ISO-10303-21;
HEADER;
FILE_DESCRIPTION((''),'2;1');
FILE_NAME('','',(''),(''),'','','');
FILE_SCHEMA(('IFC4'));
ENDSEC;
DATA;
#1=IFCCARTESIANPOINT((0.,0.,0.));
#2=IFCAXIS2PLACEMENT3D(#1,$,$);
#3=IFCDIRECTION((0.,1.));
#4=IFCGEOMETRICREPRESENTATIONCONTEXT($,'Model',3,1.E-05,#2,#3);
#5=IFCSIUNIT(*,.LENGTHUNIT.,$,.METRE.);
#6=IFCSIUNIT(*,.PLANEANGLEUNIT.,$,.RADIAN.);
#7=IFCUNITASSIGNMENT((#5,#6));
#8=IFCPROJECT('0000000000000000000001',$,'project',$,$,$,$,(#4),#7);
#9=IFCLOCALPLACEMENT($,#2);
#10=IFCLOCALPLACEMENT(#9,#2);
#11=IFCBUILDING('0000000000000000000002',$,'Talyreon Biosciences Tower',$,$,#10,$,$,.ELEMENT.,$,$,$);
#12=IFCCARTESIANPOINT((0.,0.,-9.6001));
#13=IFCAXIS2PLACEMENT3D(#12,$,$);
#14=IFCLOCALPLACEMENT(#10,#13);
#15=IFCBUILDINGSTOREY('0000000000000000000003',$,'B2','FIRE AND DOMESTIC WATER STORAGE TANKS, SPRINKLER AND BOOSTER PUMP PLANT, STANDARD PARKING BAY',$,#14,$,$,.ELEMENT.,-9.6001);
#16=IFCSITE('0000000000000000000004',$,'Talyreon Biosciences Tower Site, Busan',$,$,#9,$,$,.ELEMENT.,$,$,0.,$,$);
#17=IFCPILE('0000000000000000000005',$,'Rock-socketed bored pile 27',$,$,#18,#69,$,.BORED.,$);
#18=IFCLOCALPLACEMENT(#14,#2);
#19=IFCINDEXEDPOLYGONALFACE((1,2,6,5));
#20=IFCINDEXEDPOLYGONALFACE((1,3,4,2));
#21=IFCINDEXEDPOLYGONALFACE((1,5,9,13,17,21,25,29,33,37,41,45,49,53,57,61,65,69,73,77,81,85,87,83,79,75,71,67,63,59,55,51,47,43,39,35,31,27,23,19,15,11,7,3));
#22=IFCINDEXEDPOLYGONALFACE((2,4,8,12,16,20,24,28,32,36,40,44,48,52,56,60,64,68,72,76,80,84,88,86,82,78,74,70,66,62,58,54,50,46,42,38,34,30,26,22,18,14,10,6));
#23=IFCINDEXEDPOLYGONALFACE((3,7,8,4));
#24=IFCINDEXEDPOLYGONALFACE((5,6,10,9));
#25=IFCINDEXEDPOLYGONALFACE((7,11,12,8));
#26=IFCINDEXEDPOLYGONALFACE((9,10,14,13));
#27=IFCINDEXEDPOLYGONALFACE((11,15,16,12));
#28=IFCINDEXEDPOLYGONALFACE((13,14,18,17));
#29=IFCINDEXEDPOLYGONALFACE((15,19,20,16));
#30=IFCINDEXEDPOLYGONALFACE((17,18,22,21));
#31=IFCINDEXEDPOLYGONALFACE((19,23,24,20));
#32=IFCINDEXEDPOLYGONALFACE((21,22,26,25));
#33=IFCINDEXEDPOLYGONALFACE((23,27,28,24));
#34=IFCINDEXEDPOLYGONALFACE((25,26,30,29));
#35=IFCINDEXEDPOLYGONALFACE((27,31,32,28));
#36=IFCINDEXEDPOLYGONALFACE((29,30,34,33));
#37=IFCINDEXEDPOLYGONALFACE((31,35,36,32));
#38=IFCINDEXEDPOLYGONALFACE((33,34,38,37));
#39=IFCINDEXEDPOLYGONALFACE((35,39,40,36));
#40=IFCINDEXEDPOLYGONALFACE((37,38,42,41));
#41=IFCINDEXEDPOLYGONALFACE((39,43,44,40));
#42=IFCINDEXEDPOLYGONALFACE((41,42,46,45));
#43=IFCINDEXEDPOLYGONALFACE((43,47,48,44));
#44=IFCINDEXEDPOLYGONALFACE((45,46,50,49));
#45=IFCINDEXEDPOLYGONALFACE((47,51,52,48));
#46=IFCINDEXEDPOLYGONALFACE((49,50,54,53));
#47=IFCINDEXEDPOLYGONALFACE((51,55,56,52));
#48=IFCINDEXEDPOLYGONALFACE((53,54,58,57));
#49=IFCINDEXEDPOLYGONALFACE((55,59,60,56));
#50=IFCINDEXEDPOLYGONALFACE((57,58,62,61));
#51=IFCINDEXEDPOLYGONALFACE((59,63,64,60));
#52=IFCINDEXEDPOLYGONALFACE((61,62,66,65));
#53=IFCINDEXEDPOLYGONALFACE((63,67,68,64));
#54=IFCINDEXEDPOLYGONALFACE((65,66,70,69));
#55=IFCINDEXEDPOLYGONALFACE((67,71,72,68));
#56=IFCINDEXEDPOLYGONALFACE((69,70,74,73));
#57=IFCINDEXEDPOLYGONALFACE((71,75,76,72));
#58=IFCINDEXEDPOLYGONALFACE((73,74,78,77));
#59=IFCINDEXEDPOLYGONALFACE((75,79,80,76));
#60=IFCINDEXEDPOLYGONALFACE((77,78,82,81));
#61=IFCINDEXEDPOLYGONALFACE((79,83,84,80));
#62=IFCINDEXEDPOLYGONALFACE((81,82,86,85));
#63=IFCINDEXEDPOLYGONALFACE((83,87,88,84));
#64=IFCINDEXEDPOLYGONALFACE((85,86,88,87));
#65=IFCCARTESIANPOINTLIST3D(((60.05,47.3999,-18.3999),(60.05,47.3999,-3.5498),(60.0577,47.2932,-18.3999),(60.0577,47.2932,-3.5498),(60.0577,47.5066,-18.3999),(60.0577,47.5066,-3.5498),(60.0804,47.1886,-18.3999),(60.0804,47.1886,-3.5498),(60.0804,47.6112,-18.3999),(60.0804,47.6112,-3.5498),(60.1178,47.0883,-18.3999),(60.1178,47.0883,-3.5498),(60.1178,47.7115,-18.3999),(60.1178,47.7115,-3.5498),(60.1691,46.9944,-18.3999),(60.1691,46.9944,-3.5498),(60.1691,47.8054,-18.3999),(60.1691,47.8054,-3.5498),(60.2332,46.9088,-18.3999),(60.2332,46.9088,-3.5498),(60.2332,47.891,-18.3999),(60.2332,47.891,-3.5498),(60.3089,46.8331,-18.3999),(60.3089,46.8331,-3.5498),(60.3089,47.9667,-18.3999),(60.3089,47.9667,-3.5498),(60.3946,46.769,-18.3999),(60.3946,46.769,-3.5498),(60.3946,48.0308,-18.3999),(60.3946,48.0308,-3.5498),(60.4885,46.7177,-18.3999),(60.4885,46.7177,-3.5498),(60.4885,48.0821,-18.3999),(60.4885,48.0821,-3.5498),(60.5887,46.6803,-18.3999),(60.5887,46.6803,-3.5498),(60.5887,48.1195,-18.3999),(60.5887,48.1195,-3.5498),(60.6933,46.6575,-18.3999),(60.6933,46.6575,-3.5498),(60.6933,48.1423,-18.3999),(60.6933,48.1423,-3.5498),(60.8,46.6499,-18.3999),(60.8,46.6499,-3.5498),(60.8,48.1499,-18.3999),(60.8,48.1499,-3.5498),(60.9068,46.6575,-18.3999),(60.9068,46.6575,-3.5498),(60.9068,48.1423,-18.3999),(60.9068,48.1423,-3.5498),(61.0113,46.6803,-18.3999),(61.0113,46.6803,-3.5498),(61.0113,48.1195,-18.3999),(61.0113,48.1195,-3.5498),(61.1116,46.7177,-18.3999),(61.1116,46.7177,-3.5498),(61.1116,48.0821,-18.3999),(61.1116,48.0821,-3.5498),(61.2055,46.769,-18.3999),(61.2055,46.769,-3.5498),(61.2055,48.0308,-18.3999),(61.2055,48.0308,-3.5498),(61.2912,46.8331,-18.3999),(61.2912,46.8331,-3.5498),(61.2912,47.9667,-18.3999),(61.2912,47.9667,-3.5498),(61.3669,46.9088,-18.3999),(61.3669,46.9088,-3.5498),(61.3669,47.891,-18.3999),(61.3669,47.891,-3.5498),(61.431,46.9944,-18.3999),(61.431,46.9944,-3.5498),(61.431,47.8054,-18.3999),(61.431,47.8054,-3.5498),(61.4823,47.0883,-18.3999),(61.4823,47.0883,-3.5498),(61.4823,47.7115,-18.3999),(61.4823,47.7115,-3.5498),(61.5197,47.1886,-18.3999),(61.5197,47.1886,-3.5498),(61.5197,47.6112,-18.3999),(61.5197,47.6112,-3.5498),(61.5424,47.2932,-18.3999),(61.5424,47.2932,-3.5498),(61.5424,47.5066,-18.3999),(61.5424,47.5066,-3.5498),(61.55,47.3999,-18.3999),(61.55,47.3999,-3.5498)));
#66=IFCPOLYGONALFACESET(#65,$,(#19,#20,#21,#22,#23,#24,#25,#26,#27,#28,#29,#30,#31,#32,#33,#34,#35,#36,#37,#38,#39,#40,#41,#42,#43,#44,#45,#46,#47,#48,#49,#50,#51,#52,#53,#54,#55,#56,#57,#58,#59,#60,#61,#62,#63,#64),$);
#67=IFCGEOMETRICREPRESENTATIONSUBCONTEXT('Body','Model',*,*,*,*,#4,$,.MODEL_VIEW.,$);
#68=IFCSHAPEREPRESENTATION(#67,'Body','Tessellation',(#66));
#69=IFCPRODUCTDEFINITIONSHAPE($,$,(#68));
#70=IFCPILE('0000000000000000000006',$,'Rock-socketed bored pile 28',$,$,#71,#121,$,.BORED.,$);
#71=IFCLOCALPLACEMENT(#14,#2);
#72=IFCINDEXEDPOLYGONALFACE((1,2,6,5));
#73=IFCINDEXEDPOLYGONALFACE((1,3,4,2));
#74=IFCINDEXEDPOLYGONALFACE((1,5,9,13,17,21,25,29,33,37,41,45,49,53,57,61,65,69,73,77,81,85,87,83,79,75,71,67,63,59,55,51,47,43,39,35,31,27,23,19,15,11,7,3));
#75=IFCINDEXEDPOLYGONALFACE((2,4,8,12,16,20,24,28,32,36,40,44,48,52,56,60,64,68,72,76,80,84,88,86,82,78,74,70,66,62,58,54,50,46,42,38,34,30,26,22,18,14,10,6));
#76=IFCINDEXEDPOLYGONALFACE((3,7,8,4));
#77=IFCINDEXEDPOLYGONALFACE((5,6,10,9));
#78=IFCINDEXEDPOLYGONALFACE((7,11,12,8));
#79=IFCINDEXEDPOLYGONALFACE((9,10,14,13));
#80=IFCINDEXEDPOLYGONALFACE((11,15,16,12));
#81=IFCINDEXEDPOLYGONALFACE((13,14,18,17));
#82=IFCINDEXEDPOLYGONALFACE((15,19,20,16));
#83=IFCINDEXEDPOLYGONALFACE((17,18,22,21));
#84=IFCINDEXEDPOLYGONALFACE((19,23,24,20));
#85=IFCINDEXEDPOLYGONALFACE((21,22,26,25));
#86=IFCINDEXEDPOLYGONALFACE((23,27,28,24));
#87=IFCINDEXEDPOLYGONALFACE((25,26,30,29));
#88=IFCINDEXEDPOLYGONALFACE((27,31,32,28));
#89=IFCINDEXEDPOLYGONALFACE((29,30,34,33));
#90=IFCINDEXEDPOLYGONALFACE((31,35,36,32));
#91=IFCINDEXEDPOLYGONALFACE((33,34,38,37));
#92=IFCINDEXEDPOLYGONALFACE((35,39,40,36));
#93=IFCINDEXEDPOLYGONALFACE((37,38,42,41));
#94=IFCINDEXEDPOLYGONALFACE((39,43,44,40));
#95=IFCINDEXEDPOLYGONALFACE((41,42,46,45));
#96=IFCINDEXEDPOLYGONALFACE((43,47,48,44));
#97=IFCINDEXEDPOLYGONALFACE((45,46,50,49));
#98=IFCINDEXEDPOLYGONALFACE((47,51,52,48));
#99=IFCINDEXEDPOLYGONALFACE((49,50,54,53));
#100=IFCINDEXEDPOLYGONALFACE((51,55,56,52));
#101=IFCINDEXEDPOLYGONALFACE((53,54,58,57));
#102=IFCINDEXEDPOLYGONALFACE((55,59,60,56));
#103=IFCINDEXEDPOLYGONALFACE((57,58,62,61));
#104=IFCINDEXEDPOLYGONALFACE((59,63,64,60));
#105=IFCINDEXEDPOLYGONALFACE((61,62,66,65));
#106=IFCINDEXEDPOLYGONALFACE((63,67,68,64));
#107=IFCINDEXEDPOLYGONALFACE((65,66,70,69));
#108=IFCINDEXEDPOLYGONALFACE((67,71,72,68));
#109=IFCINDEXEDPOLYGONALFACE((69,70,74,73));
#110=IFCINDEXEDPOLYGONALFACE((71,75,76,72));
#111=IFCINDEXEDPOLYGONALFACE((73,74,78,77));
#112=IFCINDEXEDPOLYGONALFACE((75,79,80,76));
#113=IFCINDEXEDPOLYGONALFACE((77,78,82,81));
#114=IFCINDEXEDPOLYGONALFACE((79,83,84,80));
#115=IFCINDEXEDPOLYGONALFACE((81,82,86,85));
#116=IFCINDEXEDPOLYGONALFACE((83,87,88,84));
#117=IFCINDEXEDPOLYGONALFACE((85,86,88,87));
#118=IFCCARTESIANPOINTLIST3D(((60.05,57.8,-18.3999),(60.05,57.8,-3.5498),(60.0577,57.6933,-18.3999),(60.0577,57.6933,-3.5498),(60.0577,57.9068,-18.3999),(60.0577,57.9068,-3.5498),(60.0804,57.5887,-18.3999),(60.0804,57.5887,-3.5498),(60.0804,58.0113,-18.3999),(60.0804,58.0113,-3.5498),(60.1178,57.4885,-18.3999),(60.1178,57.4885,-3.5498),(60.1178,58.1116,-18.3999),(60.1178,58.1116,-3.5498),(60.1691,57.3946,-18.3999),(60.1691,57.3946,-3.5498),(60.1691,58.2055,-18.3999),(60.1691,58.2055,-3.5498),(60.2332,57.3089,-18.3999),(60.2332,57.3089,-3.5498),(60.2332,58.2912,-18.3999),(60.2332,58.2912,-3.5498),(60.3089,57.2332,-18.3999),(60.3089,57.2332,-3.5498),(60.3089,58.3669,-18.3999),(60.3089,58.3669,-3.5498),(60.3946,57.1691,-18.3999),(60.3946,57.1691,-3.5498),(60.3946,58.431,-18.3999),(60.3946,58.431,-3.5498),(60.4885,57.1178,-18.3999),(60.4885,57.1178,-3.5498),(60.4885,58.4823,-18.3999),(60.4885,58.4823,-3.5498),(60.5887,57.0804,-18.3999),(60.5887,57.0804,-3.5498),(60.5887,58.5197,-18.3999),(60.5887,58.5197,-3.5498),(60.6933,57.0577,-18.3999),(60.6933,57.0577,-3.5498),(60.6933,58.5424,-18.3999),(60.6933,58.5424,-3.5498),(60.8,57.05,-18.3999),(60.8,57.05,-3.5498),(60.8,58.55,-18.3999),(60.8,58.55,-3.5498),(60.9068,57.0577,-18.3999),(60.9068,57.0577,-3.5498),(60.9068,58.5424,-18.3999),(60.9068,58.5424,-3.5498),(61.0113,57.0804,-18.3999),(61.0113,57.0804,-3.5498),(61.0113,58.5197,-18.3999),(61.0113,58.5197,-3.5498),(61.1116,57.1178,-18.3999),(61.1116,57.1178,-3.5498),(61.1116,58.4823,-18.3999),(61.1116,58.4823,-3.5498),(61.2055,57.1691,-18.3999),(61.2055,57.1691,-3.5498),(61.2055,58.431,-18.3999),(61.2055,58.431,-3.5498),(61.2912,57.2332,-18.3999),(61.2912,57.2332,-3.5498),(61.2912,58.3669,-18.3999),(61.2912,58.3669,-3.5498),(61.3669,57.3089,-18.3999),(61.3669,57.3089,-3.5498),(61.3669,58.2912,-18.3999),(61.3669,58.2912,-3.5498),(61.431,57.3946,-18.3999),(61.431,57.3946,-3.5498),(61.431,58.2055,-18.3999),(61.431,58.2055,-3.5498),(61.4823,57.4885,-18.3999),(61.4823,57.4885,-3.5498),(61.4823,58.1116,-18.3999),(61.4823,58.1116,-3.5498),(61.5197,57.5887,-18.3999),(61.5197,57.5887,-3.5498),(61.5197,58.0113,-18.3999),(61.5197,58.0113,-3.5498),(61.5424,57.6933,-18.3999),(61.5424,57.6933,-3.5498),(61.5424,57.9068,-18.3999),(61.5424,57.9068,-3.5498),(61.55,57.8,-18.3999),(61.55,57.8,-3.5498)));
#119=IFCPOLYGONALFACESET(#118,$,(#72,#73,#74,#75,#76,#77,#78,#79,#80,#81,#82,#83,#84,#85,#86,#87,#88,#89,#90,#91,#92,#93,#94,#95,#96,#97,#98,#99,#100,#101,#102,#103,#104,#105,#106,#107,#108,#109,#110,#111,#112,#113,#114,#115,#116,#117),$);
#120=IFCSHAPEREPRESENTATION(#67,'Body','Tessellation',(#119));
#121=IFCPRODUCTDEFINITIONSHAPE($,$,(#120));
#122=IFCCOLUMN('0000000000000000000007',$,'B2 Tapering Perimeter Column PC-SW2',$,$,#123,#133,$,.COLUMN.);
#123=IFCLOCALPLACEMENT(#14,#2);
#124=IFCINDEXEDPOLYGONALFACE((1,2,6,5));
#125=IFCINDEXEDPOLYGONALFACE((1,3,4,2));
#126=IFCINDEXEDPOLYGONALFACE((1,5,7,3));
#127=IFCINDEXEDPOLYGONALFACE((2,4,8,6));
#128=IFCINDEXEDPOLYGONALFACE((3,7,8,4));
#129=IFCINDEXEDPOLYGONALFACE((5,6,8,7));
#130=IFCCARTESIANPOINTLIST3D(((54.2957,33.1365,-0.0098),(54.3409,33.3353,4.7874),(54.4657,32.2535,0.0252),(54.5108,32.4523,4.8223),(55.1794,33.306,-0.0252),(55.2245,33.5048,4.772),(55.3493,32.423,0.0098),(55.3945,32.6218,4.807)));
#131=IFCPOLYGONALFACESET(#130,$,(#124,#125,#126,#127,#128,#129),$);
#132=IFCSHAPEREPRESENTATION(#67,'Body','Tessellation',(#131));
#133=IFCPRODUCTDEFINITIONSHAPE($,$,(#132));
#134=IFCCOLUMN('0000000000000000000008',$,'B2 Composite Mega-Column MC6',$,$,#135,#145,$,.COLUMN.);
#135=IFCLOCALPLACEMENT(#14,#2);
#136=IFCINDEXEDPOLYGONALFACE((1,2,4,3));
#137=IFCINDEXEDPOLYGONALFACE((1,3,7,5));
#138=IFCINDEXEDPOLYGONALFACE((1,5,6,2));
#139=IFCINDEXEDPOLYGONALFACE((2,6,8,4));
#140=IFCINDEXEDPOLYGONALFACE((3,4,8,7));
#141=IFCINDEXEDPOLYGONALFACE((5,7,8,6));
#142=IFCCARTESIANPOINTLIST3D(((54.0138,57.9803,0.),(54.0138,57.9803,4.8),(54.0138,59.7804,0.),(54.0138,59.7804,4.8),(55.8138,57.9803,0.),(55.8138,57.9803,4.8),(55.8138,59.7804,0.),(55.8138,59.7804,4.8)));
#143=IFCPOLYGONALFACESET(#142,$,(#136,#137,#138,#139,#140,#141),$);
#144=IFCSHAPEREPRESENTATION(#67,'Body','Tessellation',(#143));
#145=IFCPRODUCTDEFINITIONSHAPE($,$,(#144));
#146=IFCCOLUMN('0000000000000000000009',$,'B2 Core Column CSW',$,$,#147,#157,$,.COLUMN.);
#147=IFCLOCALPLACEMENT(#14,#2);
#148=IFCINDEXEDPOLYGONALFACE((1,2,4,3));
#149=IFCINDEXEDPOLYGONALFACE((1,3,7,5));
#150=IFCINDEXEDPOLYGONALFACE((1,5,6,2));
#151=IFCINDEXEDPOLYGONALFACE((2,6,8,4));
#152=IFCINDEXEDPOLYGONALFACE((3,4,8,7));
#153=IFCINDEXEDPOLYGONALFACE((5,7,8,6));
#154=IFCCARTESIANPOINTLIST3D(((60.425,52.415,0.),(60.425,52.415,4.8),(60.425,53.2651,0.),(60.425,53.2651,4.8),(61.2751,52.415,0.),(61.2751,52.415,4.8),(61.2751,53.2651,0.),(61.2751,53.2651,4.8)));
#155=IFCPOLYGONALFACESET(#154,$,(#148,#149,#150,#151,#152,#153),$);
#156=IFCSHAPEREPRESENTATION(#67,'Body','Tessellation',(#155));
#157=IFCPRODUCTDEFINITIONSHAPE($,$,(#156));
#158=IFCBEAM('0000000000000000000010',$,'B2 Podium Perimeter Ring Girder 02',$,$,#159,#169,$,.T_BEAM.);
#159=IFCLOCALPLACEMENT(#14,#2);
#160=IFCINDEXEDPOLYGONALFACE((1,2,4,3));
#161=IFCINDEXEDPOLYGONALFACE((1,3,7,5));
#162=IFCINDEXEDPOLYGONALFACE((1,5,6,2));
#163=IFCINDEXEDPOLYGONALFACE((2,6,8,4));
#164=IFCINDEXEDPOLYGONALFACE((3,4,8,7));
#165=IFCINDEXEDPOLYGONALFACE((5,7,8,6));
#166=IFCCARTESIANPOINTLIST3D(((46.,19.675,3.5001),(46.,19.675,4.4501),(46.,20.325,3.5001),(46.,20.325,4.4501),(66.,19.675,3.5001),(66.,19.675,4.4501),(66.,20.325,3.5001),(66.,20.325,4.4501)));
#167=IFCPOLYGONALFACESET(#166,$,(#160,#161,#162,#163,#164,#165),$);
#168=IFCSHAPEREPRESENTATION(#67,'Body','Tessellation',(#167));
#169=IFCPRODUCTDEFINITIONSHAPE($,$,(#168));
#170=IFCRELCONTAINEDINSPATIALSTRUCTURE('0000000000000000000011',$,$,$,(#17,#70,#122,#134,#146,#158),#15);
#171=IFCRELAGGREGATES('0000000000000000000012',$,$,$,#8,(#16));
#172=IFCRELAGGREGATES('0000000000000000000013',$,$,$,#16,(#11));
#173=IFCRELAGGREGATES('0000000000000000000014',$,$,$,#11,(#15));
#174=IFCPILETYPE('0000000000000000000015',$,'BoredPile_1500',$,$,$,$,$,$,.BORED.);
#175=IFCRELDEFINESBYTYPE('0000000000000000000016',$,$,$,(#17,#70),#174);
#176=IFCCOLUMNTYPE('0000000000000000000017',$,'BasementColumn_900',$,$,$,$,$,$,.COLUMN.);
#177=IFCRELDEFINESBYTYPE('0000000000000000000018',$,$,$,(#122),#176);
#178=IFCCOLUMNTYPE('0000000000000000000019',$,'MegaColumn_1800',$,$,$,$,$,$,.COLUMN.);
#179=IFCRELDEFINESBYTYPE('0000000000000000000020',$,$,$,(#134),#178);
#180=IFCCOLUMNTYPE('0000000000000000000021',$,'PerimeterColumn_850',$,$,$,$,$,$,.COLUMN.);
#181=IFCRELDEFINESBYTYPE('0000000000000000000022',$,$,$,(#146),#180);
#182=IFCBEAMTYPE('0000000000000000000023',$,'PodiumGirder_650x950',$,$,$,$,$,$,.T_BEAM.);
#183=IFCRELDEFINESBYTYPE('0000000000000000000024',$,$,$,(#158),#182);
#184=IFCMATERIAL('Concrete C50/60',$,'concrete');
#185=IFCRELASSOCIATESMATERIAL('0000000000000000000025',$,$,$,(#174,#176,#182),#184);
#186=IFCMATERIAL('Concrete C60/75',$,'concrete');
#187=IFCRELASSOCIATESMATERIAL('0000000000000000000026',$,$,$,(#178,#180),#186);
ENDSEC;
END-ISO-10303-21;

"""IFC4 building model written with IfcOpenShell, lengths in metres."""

from ifc_helpers import new_model, si_unit, direction, frame, origin, origin_2d, place, context, subcontext, project, spatial, rectangle, circle, extrude, material, material_profile, profile_set, type_object, element, save


model = new_model("IFC4")

# Units and contexts
model_context = context("Model", 3, precision=1e-05, world=origin(), true_north=direction((0.0, 1.0)))
body_context = subcontext(model_context, "Body", "Model", "MODEL_VIEW")
ifc_project = project(units=[si_unit("LENGTHUNIT", "METRE"), si_unit("PLANEANGLEUNIT", "RADIAN")], contexts=[model_context])

# Site, building, storey
site_placement = place(None, origin())
site = spatial("IfcSite", under=ifc_project, at=site_placement, Name="Talyreon Biosciences Tower Site, Busan", CompositionType="ELEMENT", RefElevation=0.0)
building_placement = place(site_placement, origin())
building = spatial("IfcBuilding", under=site, at=building_placement, Name="Talyreon Biosciences Tower", CompositionType="ELEMENT")
storey_placement = place(building_placement, frame((0.0, 0.0, -9.6001)))
storey = spatial("IfcBuildingStorey", under=building, at=storey_placement, Name="B2", Description="FIRE AND DOMESTIC WATER STORAGE TANKS, SPRINKLER AND BOOSTER PUMP PLANT, STANDARD PARKING BAY", CompositionType="ELEMENT", Elevation=-9.6001)

# Piles
ifc_material_1 = material(Name="Concrete C50/60", Category="concrete")
ifc_material_profile_1 = material_profile(ifc_material_1, circle(Radius=0.75, at=origin_2d()), Name="PILE D1500")
ifc_profile_set_1 = profile_set([ifc_material_profile_1], Name="Concrete C50/60")
pile_type = type_object("IfcPileType", Name="BoredPile_1500", PredefinedType="BORED", material=ifc_profile_set_1)
for number, where, z_axis, x_axis, name in (
    (1, (60.8, 47.3999, -3.5498), (0.0, 0.0, -1.0), (1.0, 0.0, 0.0), "Rock-socketed bored pile 27"),
    (2, (60.8, 57.8, -3.5498), (0.0, 0.0, -1.0), (1.0, 0.0, 0.0), "Rock-socketed bored pile 28"),
):
    element("IfcPile", number, at=place(storey_placement, frame(where, z_axis=z_axis, x_axis=x_axis)), inside=storey, type_object=pile_type, Name=name, PredefinedType="BORED", context=body_context, shape_type="SweptSolid", body=[
        extrude(circle(Radius=0.75, at=origin_2d()), origin(), (0.0, 0.0, 1.0), 14.8501),
    ])

# Columns
ifc_material_profile_2 = material_profile(ifc_material_1, rectangle(XDim=0.8999, YDim=0.8999, at=origin_2d()), Name="RC 900x900")
ifc_profile_set_2 = profile_set([ifc_material_profile_2], Name="Concrete C50/60")
column_type_1 = type_object("IfcColumnType", Name="BasementColumn_900", PredefinedType="COLUMN", material=ifc_profile_set_2)
column_1_placement = place(storey_placement, frame((54.8225, 32.7798, 0.0), z_axis=(0.009407, 0.04139, 0.999099), x_axis=(-0.18888, 0.981231, -0.038871)))
element("IfcColumn", 3, at=column_1_placement, inside=storey, type_object=column_type_1, Name="B2 Tapering Perimeter Column PC-SW2", PredefinedType="COLUMN", context=body_context, shape_type="SweptSolid", body=[
    extrude(rectangle(XDim=0.8999, YDim=0.8999, at=origin_2d()), origin(), (0.0, 0.0, 1.0), 4.8015),
])
ifc_material_2 = material(Name="Concrete C60/75", Category="concrete")
ifc_material_profile_3 = material_profile(ifc_material_2, rectangle(XDim=1.8, YDim=1.8, at=origin_2d()), Name="RC 1800x1800")
ifc_profile_set_3 = profile_set([ifc_material_profile_3], Name="Concrete C60/75")
column_type_2 = type_object("IfcColumnType", Name="MegaColumn_1800", PredefinedType="COLUMN", material=ifc_profile_set_3)
column_2_placement = place(storey_placement, frame((54.9138, 58.8804, 0.0), z_axis=(0.0, 0.0, 1.0), x_axis=(1.0, 0.0, 0.0)))
element("IfcColumn", 4, at=column_2_placement, inside=storey, type_object=column_type_2, Name="B2 Composite Mega-Column MC6", PredefinedType="COLUMN", context=body_context, shape_type="SweptSolid", body=[
    extrude(rectangle(XDim=1.8, YDim=1.8, at=origin_2d()), origin(), (0.0, 0.0, 1.0), 4.8),
])
ifc_material_profile_4 = material_profile(ifc_material_2, rectangle(XDim=0.8501, YDim=0.8501, at=origin_2d()), Name="RC 850x850")
ifc_profile_set_4 = profile_set([ifc_material_profile_4], Name="Concrete C60/75")
column_type_3 = type_object("IfcColumnType", Name="PerimeterColumn_850", PredefinedType="COLUMN", material=ifc_profile_set_4)
column_3_placement = place(storey_placement, frame((60.8501, 52.8401, 0.0), z_axis=(0.0, 0.0, 1.0), x_axis=(1.0, 0.0, 0.0)))
element("IfcColumn", 5, at=column_3_placement, inside=storey, type_object=column_type_3, Name="B2 Core Column CSW", PredefinedType="COLUMN", context=body_context, shape_type="SweptSolid", body=[
    extrude(rectangle(XDim=0.8501, YDim=0.8501, at=origin_2d()), origin(), (0.0, 0.0, 1.0), 4.8),
])

# Beam
ifc_material_profile_5 = material_profile(ifc_material_1, rectangle(XDim=0.6499, YDim=0.95, at=origin_2d()), Name="RCB 650x950")
ifc_profile_set_5 = profile_set([ifc_material_profile_5], Name="Concrete C50/60")
beam_type_1 = type_object("IfcBeamType", Name="PodiumGirder_650x950", PredefinedType="T_BEAM", material=ifc_profile_set_5)
beam_1_placement = place(storey_placement, frame((46.0, 20.0, 3.9751), z_axis=(1.0, 0.0, 0.0), x_axis=(0.0, 1.0, 0.0)))
element("IfcBeam", 6, at=beam_1_placement, inside=storey, type_object=beam_type_1, Name="B2 Podium Perimeter Ring Girder 02", PredefinedType="T_BEAM", context=body_context, shape_type="SweptSolid", body=[
    extrude(rectangle(XDim=0.6499, YDim=0.95, at=origin_2d()), origin(), (0.0, 0.0, 1.0), 20.0),
])

save(model, "model.ifc")
